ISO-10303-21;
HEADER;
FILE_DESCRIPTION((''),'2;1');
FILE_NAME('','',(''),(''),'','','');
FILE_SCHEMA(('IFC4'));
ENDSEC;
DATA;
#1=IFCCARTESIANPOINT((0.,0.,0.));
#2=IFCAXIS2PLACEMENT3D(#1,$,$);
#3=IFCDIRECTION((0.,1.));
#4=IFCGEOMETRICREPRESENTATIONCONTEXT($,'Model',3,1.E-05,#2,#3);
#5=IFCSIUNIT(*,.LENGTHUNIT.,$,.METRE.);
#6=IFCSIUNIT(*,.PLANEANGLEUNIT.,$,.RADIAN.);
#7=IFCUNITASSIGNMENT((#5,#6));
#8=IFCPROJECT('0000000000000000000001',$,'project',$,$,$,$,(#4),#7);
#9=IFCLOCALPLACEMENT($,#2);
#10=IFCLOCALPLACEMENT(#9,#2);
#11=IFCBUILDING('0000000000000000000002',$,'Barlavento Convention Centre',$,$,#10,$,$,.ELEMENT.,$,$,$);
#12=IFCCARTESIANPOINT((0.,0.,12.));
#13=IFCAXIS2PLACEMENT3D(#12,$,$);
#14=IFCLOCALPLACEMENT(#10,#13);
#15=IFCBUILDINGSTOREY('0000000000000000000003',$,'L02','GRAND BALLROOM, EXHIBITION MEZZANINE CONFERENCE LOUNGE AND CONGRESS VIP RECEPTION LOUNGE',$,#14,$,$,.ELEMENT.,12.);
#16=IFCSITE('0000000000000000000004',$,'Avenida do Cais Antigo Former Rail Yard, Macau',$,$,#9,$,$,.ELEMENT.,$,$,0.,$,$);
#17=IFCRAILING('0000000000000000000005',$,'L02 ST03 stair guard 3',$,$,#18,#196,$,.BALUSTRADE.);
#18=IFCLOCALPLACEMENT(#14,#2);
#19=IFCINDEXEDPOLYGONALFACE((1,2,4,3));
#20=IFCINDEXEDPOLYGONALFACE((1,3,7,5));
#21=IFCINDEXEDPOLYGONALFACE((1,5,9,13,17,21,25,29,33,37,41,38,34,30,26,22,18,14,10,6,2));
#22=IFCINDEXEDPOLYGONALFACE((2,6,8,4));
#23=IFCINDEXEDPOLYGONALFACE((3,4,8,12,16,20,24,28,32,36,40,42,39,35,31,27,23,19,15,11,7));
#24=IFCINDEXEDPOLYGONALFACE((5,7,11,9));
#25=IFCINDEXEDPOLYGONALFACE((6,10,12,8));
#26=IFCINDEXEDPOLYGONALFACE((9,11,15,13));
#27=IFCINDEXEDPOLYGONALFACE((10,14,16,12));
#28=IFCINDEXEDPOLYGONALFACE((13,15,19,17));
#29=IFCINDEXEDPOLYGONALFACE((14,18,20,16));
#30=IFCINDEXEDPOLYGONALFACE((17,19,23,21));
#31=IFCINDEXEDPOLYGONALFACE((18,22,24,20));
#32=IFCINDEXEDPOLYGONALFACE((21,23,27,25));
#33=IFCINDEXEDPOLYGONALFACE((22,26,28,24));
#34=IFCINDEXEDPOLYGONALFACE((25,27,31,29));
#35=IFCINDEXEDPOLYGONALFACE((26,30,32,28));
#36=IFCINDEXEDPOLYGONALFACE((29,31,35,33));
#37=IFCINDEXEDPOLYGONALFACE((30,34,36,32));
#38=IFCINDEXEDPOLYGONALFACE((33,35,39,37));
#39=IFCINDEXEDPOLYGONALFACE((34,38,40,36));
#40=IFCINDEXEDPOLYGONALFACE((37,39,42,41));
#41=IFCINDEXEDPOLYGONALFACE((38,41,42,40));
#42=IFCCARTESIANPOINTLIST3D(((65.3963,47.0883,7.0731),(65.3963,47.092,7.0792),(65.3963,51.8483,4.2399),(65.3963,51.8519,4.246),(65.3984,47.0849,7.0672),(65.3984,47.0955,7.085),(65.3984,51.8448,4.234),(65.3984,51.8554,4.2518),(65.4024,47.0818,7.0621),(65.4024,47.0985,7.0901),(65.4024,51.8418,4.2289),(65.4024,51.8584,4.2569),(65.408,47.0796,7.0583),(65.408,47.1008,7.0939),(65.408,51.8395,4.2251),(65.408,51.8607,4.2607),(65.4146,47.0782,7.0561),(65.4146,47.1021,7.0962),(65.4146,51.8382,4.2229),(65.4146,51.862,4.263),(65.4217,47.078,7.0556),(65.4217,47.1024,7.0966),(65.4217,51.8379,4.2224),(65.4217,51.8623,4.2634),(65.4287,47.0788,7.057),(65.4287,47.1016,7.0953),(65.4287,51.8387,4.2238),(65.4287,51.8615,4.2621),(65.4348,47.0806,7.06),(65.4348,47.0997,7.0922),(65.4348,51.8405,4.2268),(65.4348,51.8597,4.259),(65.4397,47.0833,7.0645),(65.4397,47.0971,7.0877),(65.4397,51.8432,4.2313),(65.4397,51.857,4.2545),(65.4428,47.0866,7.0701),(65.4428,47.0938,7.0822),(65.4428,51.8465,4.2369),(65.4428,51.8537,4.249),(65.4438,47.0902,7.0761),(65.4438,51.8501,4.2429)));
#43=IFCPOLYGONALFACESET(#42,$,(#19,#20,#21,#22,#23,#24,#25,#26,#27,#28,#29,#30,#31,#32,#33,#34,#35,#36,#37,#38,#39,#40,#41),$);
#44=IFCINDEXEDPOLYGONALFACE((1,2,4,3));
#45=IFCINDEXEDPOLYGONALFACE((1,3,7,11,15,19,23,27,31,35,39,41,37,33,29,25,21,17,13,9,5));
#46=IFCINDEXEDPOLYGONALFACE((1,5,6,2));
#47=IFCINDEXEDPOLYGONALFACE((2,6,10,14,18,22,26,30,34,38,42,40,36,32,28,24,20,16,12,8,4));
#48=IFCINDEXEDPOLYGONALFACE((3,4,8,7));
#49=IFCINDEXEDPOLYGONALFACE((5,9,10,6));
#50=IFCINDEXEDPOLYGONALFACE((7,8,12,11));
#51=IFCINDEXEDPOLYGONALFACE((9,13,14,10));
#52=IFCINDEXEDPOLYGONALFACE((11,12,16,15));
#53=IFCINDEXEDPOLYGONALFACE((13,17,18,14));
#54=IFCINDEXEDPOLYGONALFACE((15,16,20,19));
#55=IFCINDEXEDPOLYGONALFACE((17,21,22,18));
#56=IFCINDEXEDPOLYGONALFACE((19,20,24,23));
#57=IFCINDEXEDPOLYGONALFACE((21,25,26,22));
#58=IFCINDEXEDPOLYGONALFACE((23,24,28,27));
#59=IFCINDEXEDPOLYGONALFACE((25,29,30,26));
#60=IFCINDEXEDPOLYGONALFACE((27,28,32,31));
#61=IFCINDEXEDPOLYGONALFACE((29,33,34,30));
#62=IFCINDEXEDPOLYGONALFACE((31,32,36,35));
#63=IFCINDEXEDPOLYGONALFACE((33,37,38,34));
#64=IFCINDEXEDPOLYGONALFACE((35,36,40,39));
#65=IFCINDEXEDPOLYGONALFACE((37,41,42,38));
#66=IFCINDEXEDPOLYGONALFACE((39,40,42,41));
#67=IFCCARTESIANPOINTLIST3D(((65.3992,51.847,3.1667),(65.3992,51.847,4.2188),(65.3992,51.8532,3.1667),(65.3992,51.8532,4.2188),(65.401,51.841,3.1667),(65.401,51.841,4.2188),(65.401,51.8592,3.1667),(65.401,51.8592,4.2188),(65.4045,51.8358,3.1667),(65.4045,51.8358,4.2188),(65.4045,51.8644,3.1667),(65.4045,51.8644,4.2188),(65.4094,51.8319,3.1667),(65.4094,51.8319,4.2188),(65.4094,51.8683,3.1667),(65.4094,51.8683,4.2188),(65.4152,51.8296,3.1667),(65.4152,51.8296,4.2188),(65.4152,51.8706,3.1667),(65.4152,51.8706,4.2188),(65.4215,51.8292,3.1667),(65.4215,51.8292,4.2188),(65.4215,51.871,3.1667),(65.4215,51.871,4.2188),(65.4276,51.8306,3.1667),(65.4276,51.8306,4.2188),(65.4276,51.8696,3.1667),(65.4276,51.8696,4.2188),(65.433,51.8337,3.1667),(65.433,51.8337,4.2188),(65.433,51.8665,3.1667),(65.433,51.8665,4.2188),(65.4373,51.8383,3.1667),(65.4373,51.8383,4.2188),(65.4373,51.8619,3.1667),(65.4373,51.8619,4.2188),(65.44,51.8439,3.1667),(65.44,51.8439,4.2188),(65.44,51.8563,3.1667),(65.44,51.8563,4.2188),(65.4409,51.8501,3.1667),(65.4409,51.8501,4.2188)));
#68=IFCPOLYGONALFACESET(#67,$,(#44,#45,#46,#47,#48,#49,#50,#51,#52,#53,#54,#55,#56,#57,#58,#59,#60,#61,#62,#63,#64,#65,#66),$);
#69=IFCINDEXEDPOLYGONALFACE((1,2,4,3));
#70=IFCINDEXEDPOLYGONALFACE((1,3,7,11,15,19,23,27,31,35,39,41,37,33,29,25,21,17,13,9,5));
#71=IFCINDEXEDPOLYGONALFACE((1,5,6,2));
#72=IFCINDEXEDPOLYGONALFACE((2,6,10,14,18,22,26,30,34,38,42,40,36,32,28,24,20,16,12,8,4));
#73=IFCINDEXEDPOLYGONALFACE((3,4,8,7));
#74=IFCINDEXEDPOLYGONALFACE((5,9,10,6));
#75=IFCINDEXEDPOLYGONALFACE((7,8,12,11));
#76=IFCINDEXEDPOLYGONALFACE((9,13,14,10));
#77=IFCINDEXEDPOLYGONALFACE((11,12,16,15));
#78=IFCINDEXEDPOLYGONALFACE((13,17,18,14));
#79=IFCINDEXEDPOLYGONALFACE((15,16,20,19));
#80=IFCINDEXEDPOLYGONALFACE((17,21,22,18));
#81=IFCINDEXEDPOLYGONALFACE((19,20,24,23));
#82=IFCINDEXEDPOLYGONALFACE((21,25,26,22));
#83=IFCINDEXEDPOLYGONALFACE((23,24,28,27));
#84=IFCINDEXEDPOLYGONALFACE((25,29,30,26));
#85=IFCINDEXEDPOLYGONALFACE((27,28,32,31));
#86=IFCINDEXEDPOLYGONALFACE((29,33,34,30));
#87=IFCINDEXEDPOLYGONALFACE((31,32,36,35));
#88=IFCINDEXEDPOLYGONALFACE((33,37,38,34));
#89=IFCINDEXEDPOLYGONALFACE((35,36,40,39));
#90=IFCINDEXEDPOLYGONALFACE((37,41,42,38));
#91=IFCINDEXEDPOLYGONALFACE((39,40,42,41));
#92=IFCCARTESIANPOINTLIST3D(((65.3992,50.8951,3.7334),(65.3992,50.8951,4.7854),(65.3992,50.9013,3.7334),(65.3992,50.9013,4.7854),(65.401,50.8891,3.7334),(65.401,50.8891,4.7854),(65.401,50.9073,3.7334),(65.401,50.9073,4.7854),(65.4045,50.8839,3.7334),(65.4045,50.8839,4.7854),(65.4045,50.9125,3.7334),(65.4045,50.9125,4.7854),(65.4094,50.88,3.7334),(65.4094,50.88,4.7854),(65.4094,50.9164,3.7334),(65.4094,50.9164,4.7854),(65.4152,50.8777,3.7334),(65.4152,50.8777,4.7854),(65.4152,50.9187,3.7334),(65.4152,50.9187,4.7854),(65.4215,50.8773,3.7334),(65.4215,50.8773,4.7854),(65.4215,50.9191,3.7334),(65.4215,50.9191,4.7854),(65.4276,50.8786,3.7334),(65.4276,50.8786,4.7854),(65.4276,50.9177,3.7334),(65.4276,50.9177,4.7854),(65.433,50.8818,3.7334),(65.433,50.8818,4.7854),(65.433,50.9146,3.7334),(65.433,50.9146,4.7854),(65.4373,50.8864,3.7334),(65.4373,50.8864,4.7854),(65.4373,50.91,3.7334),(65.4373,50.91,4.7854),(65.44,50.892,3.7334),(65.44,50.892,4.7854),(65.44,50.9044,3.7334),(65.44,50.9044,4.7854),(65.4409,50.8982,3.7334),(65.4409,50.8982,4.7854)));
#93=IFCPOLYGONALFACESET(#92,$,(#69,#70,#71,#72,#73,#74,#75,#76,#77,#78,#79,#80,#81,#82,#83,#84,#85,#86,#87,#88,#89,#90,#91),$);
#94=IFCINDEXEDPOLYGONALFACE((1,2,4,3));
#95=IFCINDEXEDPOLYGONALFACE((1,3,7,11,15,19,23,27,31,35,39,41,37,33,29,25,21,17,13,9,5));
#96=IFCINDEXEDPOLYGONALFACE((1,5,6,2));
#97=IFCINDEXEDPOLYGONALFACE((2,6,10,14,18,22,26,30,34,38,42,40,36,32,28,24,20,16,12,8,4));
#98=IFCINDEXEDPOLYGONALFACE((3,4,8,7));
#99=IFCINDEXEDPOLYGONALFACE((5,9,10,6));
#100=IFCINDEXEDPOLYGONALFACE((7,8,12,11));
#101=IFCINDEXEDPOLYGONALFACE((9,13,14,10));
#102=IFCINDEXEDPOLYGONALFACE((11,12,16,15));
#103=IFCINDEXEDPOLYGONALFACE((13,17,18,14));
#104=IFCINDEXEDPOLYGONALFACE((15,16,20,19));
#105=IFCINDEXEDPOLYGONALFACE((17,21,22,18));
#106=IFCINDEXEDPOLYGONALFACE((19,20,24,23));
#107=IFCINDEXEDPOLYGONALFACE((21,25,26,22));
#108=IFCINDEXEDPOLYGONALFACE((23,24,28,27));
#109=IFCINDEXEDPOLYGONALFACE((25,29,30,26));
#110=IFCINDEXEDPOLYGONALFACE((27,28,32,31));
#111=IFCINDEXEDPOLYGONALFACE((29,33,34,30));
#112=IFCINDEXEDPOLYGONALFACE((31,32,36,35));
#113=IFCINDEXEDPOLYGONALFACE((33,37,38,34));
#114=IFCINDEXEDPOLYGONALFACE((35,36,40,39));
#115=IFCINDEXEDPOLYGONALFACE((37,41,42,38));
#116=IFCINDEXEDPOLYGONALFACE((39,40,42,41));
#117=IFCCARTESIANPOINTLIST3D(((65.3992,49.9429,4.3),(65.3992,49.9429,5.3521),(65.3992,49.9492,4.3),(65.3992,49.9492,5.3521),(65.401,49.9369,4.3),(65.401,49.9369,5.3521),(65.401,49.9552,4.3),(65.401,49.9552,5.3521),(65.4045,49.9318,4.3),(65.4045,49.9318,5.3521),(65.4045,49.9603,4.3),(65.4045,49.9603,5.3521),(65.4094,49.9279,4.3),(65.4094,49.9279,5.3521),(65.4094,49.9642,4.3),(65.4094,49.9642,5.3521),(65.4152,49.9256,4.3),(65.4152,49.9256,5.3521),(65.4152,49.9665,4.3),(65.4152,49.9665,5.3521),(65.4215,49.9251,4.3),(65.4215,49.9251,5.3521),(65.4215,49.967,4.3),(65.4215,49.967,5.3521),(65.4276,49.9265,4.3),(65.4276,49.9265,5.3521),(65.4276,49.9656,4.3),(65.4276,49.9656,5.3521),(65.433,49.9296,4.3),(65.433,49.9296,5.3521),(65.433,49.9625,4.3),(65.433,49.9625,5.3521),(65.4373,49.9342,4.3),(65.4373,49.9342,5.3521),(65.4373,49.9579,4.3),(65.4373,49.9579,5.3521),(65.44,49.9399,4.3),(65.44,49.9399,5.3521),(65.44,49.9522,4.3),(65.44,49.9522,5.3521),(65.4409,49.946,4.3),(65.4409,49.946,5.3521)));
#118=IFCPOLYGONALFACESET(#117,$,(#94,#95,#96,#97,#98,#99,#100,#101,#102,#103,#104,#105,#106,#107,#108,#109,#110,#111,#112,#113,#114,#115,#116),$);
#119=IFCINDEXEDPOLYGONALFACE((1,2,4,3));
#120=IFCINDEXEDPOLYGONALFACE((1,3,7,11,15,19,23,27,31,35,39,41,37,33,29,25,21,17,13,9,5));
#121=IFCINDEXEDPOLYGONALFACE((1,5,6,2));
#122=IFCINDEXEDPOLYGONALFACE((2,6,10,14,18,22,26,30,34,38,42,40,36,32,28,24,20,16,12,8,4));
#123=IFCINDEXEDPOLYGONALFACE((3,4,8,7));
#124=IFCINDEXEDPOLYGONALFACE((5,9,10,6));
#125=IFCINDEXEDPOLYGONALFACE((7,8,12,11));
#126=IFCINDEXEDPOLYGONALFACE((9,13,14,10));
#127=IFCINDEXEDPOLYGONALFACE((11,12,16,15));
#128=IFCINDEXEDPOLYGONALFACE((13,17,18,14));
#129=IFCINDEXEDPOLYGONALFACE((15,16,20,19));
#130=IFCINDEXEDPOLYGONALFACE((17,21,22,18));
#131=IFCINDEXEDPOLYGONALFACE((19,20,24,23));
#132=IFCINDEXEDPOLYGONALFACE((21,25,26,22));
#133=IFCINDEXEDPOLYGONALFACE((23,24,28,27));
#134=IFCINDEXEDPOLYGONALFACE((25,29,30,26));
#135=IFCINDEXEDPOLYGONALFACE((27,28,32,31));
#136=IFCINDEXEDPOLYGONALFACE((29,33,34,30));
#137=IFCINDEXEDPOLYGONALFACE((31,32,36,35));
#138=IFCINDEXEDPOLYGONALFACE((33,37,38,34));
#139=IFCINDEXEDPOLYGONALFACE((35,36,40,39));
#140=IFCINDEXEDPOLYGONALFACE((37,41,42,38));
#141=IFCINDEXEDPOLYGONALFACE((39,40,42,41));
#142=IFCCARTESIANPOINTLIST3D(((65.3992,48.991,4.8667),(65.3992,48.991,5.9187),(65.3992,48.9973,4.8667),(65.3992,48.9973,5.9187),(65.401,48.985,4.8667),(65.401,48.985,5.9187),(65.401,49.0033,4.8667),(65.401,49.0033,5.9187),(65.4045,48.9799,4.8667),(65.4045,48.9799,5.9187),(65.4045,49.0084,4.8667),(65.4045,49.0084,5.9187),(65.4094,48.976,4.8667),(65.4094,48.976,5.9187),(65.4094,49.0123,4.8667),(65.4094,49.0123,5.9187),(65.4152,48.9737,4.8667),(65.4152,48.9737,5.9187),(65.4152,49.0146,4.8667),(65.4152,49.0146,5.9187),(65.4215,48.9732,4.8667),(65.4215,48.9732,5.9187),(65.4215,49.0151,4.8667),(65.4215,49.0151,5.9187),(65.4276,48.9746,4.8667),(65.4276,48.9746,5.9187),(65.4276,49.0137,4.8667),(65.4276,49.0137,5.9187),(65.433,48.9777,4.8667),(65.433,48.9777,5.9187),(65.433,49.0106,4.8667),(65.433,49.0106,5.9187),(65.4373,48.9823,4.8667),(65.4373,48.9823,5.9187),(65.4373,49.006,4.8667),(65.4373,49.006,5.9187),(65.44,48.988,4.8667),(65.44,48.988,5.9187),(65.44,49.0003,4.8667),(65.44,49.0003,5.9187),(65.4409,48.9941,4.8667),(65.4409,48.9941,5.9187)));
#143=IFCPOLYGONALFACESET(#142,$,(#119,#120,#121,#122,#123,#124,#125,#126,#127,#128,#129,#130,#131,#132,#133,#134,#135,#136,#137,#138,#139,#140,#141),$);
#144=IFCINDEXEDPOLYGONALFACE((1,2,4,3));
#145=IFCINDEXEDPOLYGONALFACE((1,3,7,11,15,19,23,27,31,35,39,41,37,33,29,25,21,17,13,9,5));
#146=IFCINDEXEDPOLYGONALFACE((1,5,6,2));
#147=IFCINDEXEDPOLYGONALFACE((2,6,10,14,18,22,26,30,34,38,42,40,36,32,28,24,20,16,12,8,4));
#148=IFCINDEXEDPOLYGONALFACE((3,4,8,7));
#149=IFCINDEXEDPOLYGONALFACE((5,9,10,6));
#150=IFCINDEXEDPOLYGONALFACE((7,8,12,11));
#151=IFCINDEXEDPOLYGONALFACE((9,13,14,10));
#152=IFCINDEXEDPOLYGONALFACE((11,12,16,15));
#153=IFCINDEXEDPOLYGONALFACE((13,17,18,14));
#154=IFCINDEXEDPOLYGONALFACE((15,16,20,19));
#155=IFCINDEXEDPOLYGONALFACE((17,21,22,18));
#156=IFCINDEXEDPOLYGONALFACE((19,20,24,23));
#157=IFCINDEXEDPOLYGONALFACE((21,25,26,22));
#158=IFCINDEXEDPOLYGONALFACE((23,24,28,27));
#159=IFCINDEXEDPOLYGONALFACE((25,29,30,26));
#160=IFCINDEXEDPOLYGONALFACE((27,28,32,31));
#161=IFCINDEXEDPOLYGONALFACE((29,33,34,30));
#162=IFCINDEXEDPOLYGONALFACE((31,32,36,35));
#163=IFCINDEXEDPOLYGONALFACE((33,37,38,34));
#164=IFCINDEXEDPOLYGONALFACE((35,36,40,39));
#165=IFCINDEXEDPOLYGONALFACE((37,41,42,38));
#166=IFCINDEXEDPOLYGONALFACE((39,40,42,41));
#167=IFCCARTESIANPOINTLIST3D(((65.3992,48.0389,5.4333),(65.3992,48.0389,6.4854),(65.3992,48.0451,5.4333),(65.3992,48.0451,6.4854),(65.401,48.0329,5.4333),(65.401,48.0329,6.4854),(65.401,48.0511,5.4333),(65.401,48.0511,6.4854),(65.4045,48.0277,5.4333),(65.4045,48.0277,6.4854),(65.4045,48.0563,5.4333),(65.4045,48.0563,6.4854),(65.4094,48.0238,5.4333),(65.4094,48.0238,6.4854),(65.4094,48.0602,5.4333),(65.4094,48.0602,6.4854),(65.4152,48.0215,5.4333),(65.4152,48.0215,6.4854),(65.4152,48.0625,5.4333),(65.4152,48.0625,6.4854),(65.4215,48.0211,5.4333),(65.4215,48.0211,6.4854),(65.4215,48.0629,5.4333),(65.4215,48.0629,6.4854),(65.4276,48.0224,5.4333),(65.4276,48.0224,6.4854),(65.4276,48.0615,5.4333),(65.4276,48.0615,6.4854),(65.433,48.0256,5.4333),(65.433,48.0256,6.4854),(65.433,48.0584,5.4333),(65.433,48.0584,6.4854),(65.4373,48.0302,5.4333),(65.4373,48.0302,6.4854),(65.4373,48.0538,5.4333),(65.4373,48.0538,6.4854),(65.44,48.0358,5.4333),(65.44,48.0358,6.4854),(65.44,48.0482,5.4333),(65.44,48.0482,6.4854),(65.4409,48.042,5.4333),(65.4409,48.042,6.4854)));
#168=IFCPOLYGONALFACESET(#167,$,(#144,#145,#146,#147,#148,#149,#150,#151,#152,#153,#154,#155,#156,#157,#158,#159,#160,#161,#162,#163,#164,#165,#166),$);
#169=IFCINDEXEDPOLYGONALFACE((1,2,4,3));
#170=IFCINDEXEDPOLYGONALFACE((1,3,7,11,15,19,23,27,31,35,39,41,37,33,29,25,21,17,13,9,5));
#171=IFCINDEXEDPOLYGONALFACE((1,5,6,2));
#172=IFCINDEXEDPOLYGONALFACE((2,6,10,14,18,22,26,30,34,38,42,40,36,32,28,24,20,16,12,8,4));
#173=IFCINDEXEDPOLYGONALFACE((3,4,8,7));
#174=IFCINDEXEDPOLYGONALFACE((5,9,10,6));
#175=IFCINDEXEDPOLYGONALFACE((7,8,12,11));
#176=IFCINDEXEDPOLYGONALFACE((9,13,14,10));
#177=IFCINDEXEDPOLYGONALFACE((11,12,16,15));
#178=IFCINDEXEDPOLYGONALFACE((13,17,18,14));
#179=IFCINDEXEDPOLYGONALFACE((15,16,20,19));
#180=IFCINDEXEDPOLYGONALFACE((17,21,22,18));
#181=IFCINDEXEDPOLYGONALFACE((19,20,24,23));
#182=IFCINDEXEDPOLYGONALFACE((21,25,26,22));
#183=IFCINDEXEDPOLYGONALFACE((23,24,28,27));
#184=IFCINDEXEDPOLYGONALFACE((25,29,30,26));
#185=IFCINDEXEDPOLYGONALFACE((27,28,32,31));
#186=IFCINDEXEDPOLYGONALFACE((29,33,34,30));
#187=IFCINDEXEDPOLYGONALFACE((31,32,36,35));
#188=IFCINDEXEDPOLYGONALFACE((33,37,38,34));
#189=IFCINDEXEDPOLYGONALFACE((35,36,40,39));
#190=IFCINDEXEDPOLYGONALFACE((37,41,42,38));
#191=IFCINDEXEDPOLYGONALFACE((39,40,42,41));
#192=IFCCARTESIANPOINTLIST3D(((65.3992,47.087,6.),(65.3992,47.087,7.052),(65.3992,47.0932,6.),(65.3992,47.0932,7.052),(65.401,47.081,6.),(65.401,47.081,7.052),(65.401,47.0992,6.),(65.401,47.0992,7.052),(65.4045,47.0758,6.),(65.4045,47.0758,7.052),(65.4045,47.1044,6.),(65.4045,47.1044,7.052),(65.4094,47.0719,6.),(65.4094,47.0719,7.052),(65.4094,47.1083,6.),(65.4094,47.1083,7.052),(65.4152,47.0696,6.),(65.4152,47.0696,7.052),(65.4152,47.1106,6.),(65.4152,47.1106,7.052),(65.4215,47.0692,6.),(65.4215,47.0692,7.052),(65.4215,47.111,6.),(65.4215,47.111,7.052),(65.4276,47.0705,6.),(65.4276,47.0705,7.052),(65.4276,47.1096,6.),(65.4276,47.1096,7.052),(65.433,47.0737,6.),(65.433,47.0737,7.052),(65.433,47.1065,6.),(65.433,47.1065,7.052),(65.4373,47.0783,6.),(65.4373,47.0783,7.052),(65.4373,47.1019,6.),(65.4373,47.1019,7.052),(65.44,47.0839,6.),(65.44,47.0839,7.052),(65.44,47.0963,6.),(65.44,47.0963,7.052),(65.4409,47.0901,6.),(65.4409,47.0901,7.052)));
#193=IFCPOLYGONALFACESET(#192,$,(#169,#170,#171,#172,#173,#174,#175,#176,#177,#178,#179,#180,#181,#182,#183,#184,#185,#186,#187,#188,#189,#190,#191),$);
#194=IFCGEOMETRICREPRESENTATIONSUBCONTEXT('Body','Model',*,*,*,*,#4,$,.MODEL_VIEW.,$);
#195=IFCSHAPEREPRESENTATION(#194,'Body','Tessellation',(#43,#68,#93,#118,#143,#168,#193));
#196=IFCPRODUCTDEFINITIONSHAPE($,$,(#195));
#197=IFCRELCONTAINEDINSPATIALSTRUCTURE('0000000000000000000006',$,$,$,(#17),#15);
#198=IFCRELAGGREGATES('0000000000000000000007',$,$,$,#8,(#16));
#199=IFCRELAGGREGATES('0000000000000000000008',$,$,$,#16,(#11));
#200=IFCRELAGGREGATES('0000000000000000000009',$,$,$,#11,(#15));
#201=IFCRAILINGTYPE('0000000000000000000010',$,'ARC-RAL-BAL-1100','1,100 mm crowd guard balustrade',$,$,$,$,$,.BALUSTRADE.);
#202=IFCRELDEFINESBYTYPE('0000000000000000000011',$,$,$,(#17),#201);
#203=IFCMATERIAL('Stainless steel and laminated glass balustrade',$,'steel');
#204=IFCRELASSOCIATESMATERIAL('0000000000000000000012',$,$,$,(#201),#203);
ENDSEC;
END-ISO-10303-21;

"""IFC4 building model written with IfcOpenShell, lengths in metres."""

from ifc_helpers import new_model, si_unit, direction, frame, origin, origin_2d, place, context, subcontext, project, spatial, circle, extrude, material, type_object, element, save


model = new_model("IFC4")

# Units and contexts
model_context = context("Model", 3, precision=1e-05, world=origin(), true_north=direction((0.0, 1.0)))
body_context = subcontext(model_context, "Body", "Model", "MODEL_VIEW")
ifc_project = project(units=[si_unit("LENGTHUNIT", "METRE"), si_unit("PLANEANGLEUNIT", "RADIAN")], contexts=[model_context])

# Site, building, storey
site_placement = place(None, origin())
site = spatial("IfcSite", under=ifc_project, at=site_placement, Name="Avenida do Cais Antigo Former Rail Yard, Macau", CompositionType="ELEMENT", RefElevation=0.0)
building_placement = place(site_placement, origin())
building = spatial("IfcBuilding", under=site, at=building_placement, Name="Barlavento Convention Centre", CompositionType="ELEMENT")
storey_placement = place(building_placement, frame((0.0, 0.0, 12.0)))
storey = spatial("IfcBuildingStorey", under=building, at=storey_placement, Name="L02", Description="GRAND BALLROOM, EXHIBITION MEZZANINE CONFERENCE LOUNGE AND CONGRESS VIP RECEPTION LOUNGE", CompositionType="ELEMENT", Elevation=12.0)

# Railing
ifc_material_1 = material(Name="Stainless steel and laminated glass balustrade", Category="steel")
railing_type_1 = type_object("IfcRailingType", Name="ARC-RAL-BAL-1100", Description="1,100 mm crowd guard balustrade", PredefinedType="BALUSTRADE", material=ifc_material_1)
railing_1_placement = place(storey_placement, frame((65.4199, 51.8501, 3.1667)))
element("IfcRailing", 1, at=railing_1_placement, inside=storey, type_object=railing_type_1, Name="L02 ST03 stair guard 3", PredefinedType="BALUSTRADE", context=body_context, shape_type="SweptSolid", body=[
    extrude(circle(Radius=0.0239, at=origin_2d()), frame((0.0, 0.0, 1.0762), z_axis=(0.0, -0.8593, 0.511472), x_axis=(1.0, 0.0, 0.0)), (0.0, 0.0, 1.0), 5.5393),
    extrude(circle(Radius=0.021, at=origin_2d()), origin(), (0.0, 0.0, 1.0), 1.052),
    extrude(circle(Radius=0.021, at=origin_2d()), frame((0.0, -0.9519, 0.5667)), (0.0, 0.0, 1.0), 1.052),
    extrude(circle(Radius=0.021, at=origin_2d()), frame((0.0, -1.9041, 1.1333)), (0.0, 0.0, 1.0), 1.052),
    extrude(circle(Radius=0.021, at=origin_2d()), frame((0.0, -2.856, 1.7)), (0.0, 0.0, 1.0), 1.052),
    extrude(circle(Radius=0.021, at=origin_2d()), frame((0.0, -3.8081, 2.2666)), (0.0, 0.0, 1.0), 1.052),
    extrude(circle(Radius=0.021, at=origin_2d()), frame((0.0, -4.76, 2.8333)), (0.0, 0.0, 1.0), 1.052),
])

save(model, "model.ifc")
